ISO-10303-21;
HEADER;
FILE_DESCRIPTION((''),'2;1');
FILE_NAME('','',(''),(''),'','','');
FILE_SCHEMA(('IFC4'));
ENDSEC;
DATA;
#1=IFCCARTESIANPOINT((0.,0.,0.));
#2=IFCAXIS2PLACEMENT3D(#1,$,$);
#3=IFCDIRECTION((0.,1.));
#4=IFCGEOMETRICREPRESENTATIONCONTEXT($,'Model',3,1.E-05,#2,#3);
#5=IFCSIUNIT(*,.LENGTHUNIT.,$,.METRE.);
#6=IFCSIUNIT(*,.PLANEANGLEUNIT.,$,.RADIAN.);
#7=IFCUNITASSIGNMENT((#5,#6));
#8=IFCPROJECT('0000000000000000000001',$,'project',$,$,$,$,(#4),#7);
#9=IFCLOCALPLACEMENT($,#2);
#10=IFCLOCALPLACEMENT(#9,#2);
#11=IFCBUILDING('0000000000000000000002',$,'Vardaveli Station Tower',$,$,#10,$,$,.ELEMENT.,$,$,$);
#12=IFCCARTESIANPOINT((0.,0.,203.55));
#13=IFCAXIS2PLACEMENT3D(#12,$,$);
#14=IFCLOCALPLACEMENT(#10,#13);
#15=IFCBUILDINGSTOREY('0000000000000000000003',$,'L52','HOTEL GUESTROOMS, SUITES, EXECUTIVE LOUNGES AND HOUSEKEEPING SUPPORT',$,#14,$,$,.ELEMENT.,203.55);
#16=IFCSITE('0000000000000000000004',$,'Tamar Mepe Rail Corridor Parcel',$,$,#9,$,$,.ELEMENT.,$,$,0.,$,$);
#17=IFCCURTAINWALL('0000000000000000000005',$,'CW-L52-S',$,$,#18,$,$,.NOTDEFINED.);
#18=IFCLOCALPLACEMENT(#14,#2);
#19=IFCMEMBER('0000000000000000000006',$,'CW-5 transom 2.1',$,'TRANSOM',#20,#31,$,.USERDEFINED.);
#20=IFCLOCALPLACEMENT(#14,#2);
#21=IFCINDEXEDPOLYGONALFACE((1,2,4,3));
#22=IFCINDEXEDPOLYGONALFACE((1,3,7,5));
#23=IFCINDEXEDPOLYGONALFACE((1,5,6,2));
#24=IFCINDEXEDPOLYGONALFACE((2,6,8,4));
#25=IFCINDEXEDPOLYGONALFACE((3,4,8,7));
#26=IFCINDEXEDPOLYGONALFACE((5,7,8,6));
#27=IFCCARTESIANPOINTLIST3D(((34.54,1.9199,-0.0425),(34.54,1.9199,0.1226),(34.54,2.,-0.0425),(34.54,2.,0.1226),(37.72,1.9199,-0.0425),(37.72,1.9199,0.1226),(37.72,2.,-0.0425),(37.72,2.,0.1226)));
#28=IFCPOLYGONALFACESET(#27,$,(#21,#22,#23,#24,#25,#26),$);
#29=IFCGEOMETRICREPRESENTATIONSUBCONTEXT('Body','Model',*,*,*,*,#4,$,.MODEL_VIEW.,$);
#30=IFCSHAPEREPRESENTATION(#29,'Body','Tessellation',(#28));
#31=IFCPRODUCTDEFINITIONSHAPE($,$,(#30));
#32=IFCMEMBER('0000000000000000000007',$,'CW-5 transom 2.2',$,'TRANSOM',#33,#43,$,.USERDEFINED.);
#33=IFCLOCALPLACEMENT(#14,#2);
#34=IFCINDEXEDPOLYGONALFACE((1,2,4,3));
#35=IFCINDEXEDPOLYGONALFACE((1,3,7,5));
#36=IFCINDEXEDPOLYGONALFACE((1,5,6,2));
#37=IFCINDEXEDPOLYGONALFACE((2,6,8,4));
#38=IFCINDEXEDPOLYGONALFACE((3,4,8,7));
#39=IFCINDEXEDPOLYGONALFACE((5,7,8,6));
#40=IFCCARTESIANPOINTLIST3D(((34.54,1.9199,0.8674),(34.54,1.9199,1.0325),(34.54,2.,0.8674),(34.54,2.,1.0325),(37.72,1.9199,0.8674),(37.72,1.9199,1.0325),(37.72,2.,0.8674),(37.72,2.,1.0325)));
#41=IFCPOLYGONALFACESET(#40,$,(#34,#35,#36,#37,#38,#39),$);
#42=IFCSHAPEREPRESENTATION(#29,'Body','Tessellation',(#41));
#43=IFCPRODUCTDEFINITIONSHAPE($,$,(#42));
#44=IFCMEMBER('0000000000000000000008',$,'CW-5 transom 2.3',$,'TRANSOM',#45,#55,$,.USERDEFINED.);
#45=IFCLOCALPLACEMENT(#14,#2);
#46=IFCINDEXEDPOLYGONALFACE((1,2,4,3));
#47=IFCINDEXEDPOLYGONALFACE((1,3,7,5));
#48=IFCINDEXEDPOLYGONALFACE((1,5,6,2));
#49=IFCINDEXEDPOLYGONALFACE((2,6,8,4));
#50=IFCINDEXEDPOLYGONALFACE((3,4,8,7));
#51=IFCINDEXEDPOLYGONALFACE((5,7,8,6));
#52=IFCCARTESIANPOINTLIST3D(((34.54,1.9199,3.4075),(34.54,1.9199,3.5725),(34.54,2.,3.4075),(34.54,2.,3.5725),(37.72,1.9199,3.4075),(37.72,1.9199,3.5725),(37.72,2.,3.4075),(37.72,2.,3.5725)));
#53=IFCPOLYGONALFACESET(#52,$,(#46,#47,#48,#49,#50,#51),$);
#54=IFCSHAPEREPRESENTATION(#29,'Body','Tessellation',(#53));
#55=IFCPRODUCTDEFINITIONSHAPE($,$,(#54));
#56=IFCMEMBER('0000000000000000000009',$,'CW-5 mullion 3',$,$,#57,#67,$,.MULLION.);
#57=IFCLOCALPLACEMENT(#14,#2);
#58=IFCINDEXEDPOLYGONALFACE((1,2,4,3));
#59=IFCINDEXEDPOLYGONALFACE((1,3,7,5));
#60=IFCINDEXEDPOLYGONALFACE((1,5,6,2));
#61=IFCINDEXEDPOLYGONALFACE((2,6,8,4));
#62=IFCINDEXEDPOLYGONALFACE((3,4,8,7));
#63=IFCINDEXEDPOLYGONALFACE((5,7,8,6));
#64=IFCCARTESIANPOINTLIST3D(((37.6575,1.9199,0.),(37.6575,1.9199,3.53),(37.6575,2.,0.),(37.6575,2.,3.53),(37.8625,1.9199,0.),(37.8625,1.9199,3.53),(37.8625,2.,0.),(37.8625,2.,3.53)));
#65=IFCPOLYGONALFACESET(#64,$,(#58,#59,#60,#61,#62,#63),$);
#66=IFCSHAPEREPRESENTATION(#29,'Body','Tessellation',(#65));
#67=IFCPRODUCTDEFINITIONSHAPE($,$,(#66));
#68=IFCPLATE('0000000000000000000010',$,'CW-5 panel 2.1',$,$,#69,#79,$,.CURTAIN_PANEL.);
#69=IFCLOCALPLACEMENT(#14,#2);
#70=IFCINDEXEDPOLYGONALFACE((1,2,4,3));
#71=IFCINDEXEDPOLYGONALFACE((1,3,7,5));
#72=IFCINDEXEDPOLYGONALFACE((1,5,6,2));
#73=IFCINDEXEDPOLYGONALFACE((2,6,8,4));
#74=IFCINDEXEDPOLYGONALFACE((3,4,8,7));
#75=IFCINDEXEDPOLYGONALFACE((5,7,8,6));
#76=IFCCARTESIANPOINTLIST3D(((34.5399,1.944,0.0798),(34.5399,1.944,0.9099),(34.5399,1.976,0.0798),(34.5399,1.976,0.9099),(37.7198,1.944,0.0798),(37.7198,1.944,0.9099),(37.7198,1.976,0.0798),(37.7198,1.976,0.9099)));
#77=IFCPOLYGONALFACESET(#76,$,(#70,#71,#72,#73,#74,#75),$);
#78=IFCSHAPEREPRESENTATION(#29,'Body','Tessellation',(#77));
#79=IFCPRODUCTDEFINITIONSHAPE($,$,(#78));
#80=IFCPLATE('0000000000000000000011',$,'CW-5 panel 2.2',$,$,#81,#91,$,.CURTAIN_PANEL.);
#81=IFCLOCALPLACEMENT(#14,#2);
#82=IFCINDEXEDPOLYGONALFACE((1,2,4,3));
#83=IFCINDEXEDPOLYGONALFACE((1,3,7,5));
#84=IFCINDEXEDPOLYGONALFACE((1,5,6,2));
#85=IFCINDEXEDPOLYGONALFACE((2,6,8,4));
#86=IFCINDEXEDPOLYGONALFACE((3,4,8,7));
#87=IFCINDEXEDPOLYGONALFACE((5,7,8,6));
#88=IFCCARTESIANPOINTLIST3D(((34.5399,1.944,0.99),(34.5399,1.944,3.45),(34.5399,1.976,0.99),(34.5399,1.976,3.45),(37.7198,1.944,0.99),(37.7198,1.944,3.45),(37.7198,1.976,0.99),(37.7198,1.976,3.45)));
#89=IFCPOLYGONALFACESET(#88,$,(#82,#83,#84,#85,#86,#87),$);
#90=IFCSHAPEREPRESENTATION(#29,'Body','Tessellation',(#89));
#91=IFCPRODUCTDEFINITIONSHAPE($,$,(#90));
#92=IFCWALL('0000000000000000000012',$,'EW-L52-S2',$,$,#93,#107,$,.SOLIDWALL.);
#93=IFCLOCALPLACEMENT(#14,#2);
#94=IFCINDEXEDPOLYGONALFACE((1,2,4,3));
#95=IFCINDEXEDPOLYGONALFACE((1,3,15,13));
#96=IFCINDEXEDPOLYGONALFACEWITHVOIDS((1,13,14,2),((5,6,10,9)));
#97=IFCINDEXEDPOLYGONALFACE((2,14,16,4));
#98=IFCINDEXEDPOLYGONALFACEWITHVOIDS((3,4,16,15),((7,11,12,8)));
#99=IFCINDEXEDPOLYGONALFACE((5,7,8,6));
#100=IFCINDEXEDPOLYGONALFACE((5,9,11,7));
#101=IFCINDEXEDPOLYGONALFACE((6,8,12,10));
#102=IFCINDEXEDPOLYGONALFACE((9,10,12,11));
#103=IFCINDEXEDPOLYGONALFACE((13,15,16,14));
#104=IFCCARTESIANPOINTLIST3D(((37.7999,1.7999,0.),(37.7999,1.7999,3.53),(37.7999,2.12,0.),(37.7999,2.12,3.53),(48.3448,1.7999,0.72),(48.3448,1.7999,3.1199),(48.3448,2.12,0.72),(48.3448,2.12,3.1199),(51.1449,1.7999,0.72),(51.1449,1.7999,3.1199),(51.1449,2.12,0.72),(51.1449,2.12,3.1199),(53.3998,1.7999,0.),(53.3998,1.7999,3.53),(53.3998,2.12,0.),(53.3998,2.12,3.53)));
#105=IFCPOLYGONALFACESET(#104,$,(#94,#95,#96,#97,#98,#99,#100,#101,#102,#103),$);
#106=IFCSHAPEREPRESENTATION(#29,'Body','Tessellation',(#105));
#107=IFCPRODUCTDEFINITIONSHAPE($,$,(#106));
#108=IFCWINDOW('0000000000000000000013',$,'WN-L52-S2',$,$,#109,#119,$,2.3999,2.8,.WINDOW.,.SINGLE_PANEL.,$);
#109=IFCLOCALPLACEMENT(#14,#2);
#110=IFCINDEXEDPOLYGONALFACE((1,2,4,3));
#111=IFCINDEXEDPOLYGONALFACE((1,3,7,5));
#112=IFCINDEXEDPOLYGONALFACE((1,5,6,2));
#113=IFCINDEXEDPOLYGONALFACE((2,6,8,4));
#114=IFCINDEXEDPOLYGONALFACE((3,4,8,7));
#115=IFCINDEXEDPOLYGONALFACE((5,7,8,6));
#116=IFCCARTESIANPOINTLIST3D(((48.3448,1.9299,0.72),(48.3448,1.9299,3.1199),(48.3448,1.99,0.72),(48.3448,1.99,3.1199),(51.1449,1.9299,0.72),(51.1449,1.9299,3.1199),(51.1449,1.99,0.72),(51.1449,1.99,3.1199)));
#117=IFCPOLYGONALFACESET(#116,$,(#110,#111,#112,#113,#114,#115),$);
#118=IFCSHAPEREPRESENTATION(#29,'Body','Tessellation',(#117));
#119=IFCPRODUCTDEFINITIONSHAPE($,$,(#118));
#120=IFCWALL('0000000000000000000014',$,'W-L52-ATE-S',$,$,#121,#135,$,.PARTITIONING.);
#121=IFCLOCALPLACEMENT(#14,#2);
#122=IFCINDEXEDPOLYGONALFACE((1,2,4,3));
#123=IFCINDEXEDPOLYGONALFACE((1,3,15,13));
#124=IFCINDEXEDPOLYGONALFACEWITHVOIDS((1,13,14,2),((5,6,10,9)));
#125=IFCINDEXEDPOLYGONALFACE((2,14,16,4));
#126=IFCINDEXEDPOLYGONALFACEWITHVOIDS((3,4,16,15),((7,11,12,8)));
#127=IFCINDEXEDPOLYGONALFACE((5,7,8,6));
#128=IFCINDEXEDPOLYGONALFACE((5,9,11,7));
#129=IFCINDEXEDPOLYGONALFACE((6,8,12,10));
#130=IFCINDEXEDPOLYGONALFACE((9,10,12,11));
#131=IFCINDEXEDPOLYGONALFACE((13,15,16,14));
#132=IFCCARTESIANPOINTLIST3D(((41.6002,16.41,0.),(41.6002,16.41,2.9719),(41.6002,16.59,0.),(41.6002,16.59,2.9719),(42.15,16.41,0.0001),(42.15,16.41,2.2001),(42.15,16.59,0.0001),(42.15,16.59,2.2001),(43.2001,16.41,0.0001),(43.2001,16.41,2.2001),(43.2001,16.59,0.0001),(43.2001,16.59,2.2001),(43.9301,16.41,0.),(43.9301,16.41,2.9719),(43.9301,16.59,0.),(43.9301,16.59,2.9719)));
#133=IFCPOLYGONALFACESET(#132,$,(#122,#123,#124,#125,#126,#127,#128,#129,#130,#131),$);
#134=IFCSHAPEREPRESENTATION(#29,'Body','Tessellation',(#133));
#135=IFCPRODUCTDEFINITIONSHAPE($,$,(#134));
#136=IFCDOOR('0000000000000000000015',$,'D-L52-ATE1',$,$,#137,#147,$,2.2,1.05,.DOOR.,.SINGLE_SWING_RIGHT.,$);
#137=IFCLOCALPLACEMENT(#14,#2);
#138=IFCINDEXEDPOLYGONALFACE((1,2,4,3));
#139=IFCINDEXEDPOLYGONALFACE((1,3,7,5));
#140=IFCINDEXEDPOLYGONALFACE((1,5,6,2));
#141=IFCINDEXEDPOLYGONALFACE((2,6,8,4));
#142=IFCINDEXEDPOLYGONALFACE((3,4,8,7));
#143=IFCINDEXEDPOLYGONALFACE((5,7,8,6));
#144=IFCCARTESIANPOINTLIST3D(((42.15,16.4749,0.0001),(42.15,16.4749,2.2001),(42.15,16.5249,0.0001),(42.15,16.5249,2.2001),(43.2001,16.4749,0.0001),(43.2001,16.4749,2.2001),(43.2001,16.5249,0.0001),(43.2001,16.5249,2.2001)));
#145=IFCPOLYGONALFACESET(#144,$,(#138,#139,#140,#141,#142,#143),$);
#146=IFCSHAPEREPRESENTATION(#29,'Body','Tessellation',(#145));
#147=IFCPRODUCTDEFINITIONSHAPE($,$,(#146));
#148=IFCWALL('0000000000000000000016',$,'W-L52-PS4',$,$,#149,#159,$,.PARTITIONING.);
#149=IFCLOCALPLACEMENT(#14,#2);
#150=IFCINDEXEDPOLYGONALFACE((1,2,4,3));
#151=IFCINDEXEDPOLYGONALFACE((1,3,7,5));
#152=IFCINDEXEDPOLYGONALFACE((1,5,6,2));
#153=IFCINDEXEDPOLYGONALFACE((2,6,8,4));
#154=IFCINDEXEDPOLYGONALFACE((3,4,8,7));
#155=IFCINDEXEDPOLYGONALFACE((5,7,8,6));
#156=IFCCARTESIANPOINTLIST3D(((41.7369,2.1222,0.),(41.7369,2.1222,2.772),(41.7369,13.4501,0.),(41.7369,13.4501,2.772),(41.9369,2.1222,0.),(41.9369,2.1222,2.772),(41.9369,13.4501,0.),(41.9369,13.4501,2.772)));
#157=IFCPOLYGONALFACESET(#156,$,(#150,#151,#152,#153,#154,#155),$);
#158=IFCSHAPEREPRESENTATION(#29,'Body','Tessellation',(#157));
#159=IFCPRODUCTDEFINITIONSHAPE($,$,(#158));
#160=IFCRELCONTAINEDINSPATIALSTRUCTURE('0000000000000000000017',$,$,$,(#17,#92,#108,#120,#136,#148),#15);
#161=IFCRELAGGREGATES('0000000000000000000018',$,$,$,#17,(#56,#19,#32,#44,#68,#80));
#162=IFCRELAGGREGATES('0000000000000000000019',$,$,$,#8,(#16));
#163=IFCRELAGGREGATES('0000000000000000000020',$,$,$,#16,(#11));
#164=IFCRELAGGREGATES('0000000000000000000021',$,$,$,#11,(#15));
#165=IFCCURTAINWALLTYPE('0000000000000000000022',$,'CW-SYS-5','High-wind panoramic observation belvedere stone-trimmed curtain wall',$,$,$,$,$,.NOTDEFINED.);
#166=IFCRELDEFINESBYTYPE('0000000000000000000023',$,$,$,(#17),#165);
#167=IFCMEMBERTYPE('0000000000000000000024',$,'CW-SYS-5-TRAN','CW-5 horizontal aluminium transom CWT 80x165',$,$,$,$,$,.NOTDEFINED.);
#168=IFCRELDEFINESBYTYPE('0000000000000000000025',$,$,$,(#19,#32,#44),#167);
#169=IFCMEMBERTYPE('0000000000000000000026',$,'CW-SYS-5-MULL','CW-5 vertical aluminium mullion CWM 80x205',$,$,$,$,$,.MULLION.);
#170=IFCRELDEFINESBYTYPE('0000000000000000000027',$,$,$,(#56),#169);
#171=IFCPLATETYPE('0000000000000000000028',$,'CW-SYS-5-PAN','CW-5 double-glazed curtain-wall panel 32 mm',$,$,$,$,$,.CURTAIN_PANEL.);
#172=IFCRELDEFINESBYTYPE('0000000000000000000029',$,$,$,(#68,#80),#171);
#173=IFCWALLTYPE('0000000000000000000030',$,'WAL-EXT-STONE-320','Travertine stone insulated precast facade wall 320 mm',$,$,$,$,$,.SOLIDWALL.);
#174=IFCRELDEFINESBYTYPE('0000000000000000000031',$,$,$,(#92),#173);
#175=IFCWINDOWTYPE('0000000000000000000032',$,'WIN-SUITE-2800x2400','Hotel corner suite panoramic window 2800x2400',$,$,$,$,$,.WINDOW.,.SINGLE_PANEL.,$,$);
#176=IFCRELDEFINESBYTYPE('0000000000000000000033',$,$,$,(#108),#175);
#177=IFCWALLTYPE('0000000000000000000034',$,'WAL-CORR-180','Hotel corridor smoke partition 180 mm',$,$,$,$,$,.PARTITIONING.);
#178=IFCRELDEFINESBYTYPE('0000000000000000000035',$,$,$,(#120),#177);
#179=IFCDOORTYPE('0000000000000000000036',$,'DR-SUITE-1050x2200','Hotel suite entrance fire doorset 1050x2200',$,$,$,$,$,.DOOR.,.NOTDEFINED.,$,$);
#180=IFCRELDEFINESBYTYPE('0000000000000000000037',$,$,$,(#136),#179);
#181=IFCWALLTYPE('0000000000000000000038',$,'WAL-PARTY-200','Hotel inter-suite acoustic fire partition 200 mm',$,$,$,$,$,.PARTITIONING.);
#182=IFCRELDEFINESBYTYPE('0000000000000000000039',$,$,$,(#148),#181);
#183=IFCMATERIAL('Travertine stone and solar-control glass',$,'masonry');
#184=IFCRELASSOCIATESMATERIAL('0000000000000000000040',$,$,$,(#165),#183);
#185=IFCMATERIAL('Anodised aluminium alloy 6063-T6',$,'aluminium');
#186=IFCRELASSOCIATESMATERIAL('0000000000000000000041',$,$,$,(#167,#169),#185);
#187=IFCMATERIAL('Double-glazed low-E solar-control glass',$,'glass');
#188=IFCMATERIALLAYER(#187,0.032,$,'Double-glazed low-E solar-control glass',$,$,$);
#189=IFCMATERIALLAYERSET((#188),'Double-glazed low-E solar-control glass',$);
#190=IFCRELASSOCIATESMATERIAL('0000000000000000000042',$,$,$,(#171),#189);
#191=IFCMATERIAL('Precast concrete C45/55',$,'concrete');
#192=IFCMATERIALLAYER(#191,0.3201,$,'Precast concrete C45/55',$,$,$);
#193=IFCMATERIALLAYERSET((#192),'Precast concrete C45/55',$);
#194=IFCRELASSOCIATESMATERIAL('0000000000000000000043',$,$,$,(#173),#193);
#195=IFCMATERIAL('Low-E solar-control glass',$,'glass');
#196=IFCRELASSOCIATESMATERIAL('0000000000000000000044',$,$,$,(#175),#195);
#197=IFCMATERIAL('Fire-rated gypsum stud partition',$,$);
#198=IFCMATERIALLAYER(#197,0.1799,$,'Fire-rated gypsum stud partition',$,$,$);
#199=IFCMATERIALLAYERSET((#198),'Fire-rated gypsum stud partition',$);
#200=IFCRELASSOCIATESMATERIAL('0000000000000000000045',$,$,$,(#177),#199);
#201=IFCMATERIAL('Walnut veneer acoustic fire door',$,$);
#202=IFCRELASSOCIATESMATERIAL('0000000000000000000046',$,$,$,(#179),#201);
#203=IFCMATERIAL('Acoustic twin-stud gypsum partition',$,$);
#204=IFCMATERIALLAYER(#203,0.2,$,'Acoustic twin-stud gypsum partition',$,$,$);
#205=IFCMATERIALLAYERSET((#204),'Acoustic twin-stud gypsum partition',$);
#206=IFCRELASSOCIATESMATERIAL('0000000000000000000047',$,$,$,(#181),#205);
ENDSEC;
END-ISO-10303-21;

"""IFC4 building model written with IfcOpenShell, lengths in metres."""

from ifc_helpers import new_model, si_unit, direction, frame, frame_2d, origin, origin_2d, place, context, subcontext, project, spatial, rectangle, extrude, source, transform, mapped, material, layer, layer_set, material_profile, profile_set, type_object, element, fill, aggregate, save


model = new_model("IFC4")

# Units and contexts
model_context = context("Model", 3, precision=1e-05, world=origin(), true_north=direction((0.0, 1.0)))
body_context = subcontext(model_context, "Body", "Model", "MODEL_VIEW")
ifc_project = project(units=[si_unit("LENGTHUNIT", "METRE"), si_unit("PLANEANGLEUNIT", "RADIAN")], contexts=[model_context])

# Site, building, storey
site_placement = place(None, origin())
site = spatial("IfcSite", under=ifc_project, at=site_placement, Name="Tamar Mepe Rail Corridor Parcel", CompositionType="ELEMENT", RefElevation=0.0)
building_placement = place(site_placement, origin())
building = spatial("IfcBuilding", under=site, at=building_placement, Name="Vardaveli Station Tower", CompositionType="ELEMENT")
storey_placement = place(building_placement, frame((0.0, 0.0, 203.55)))
storey = spatial("IfcBuildingStorey", under=building, at=storey_placement, Name="L52", Description="HOTEL GUESTROOMS, SUITES, EXECUTIVE LOUNGES AND HOUSEKEEPING SUPPORT", CompositionType="ELEMENT", Elevation=203.55)

# Shared definitions
ifc_material_1 = material(Name="Precast concrete C45/55", Category="concrete")

# Curtain wall, members, plates
ifc_material_2 = material(Name="Travertine stone and solar-control glass", Category="masonry")
curtain_wall_type = type_object("IfcCurtainWallType", Name="CW-SYS-5", Description="High-wind panoramic observation belvedere stone-trimmed curtain wall", PredefinedType="NOTDEFINED", material=ifc_material_2)
curtain_wall_placement = place(storey_placement, origin())
curtain_wall = element("IfcCurtainWall", 1, at=curtain_wall_placement, inside=storey, type_object=curtain_wall_type, Name="CW-L52-S", PredefinedType="NOTDEFINED")
ifc_material_3 = material(Name="Anodised aluminium alloy 6063-T6", Category="aluminium")
ifc_material_profile_1 = material_profile(ifc_material_3, rectangle(XDim=0.0801, YDim=0.165, at=origin_2d()), Name="CWT 80x165")
ifc_profile_set_1 = profile_set([ifc_material_profile_1], Name="Anodised aluminium alloy 6063-T6")
member_type_1 = type_object("IfcMemberType", Name="CW-SYS-5-TRAN", Description="CW-5 horizontal aluminium transom CWT 80x165", PredefinedType="NOTDEFINED", material=ifc_profile_set_1)
shared_shape_1 = source(origin(), body_context, "Body", "SweptSolid", [
    extrude(rectangle(XDim=0.0801, YDim=0.165, at=origin_2d()), origin(), (0.0, 0.0, 1.0), 3.1799),
])
member_1_placement = place(storey_placement, frame((34.54, 1.96, 0.04), z_axis=(1.0, 0.0, 0.0), x_axis=(0.0, 1.0, 0.0)))
member_1 = element("IfcMember", 2, at=member_1_placement, type_object=member_type_1, Name="CW-5 transom 2.1", ObjectType="TRANSOM", PredefinedType="USERDEFINED", context=body_context, shape_type="MappedRepresentation", body=[
    mapped(shared_shape_1, transform((0.0, 0.0, 0.0), scale=1.0)),
])
member_2_placement = place(storey_placement, frame((34.54, 1.96, 0.95), z_axis=(1.0, 0.0, 0.0), x_axis=(0.0, 1.0, 0.0)))
member_2 = element("IfcMember", 3, at=member_2_placement, type_object=member_type_1, Name="CW-5 transom 2.2", ObjectType="TRANSOM", PredefinedType="USERDEFINED", context=body_context, shape_type="MappedRepresentation", body=[
    mapped(shared_shape_1, transform((0.0, 0.0, 0.0), scale=1.0)),
])
member_3_placement = place(storey_placement, frame((34.54, 1.96, 3.49), z_axis=(1.0, 0.0, 0.0), x_axis=(0.0, 1.0, 0.0)))
member_3 = element("IfcMember", 4, at=member_3_placement, type_object=member_type_1, Name="CW-5 transom 2.3", ObjectType="TRANSOM", PredefinedType="USERDEFINED", context=body_context, shape_type="MappedRepresentation", body=[
    mapped(shared_shape_1, transform((0.0, 0.0, 0.0), scale=1.0)),
])
ifc_material_profile_2 = material_profile(ifc_material_3, rectangle(XDim=0.0801, YDim=0.2051, at=origin_2d()), Name="CWM 80x205")
ifc_profile_set_2 = profile_set([ifc_material_profile_2], Name="Anodised aluminium alloy 6063-T6")
member_type_2 = type_object("IfcMemberType", Name="CW-SYS-5-MULL", Description="CW-5 vertical aluminium mullion CWM 80x205", PredefinedType="MULLION", material=ifc_profile_set_2)
shared_shape_2 = source(origin(), body_context, "Body", "SweptSolid", [
    extrude(rectangle(XDim=0.0801, YDim=0.2051, at=origin_2d()), origin(), (0.0, 0.0, 1.0), 3.53),
])
member_4_placement = place(storey_placement, frame((37.76, 1.96, 0.0), z_axis=(0.0, 0.0, 1.0), x_axis=(0.0, 1.0, 0.0)))
member_4 = element("IfcMember", 5, at=member_4_placement, type_object=member_type_2, Name="CW-5 mullion 3", PredefinedType="MULLION", context=body_context, shape_type="MappedRepresentation", body=[
    mapped(shared_shape_2, transform((0.0, 0.0, 0.0), scale=1.0)),
])
ifc_material_4 = material(Name="Double-glazed low-E solar-control glass", Category="glass")
ifc_layer_1 = layer(ifc_material_4, 0.032, Name="Double-glazed low-E solar-control glass")
ifc_layer_set_1 = layer_set([ifc_layer_1], Name="Double-glazed low-E solar-control glass")
plate_type = type_object("IfcPlateType", Name="CW-SYS-5-PAN", Description="CW-5 double-glazed curtain-wall panel 32 mm", PredefinedType="CURTAIN_PANEL", material=ifc_layer_set_1)
shared_shape_3 = source(origin(), body_context, "Body", "SweptSolid", [
    extrude(rectangle(XDim=3.1799, YDim=0.032, at=origin_2d()), origin(), (0.0, 0.0, 1.0), 0.8301),
])
plate_1_placement = place(storey_placement, frame((36.1299, 1.96, 0.0798), z_axis=(0.0, 0.0, 1.0), x_axis=(1.0, 0.0, 0.0)))
plate_1 = element("IfcPlate", 6, at=plate_1_placement, type_object=plate_type, Name="CW-5 panel 2.1", PredefinedType="CURTAIN_PANEL", context=body_context, shape_type="MappedRepresentation", body=[
    mapped(shared_shape_3, transform((0.0, 0.0, 0.0), scale=1.0)),
])
shared_shape_4 = source(origin(), body_context, "Body", "SweptSolid", [
    extrude(rectangle(XDim=3.1799, YDim=0.032, at=origin_2d()), origin(), (0.0, 0.0, 1.0), 2.46),
])
plate_2_placement = place(storey_placement, frame((36.1299, 1.96, 0.99), z_axis=(0.0, 0.0, 1.0), x_axis=(1.0, 0.0, 0.0)))
plate_2 = element("IfcPlate", 7, at=plate_2_placement, type_object=plate_type, Name="CW-5 panel 2.2", PredefinedType="CURTAIN_PANEL", context=body_context, shape_type="MappedRepresentation", body=[
    mapped(shared_shape_4, transform((0.0, 0.0, 0.0), scale=1.0)),
])
aggregate(curtain_wall, [member_4, member_1, member_2, member_3, plate_1, plate_2])

# Wall, opening, window
ifc_layer_2 = layer(ifc_material_1, 0.3201, Name="Precast concrete C45/55")
ifc_layer_set_2 = layer_set([ifc_layer_2], Name="Precast concrete C45/55")
wall_type_1 = type_object("IfcWallType", Name="WAL-EXT-STONE-320", Description="Travertine stone insulated precast facade wall 320 mm", PredefinedType="SOLIDWALL", material=ifc_layer_set_2)
shared_shape_5 = source(origin(), body_context, "Body", "SweptSolid", [
    extrude(rectangle(XDim=15.5999, YDim=0.3201, at=frame_2d((7.7998, 0.0))), origin(), (0.0, 0.0, 1.0), 3.53),
])
wall_1_placement = place(storey_placement, frame((37.8, 1.96, 0.0), z_axis=(0.0, 0.0, 1.0), x_axis=(1.0, 0.0, 0.0)))
wall_1 = element("IfcWall", 8, at=wall_1_placement, inside=storey, type_object=wall_type_1, Name="EW-L52-S2", PredefinedType="SOLIDWALL", context=body_context, shape_type="MappedRepresentation", body=[
    mapped(shared_shape_5, transform((0.0, 0.0, 0.0), scale=1.0)),
])
shared_shape_6 = source(origin(), body_context, "Body", "SweptSolid", [
    extrude(rectangle(XDim=2.8, YDim=2.3999, at=frame_2d((1.3999, 1.2))), frame((0.0, 0.1699, 0.0), z_axis=(0.0, -1.0, 0.0), x_axis=(1.0, 0.0, 0.0)), (0.0, 0.0, 1.0), 0.3401),
])
opening_1_placement = place(wall_1_placement, frame((10.5449, 0.0, 0.72)))
opening_1 = element("IfcOpeningElement", 9, at=opening_1_placement, cuts=wall_1, PredefinedType="OPENING", context=body_context, shape_type="MappedRepresentation", body=[
    mapped(shared_shape_6, transform((0.0, 0.0, 0.0), scale=1.0)),
])
ifc_material_5 = material(Name="Low-E solar-control glass", Category="glass")
window_type = type_object("IfcWindowType", Name="WIN-SUITE-2800x2400", Description="Hotel corner suite panoramic window 2800x2400", PartitioningType="SINGLE_PANEL", PredefinedType="WINDOW", material=ifc_material_5)
shared_shape_7 = source(origin(), body_context, "Body", "SweptSolid", [
    extrude(rectangle(XDim=2.8, YDim=2.3999, at=frame_2d((1.3999, 1.2))), frame((0.0, 0.03, 0.0), z_axis=(0.0, -1.0, 0.0), x_axis=(1.0, 0.0, 0.0)), (0.0, 0.0, 1.0), 0.0601),
])
window_placement = place(opening_1_placement, origin())
window = element("IfcWindow", 10, at=window_placement, inside=storey, type_object=window_type, Name="WN-L52-S2", OverallHeight=2.3999, OverallWidth=2.8, PartitioningType="SINGLE_PANEL", PredefinedType="WINDOW", context=body_context, shape_type="MappedRepresentation", body=[
    mapped(shared_shape_7, transform((0.0, 0.0, 0.0), scale=1.0)),
])
fill(opening_1, window)

# Wall, opening, door
ifc_material_6 = material(Name="Fire-rated gypsum stud partition")
ifc_layer_3 = layer(ifc_material_6, 0.1799, Name="Fire-rated gypsum stud partition")
ifc_layer_set_3 = layer_set([ifc_layer_3], Name="Fire-rated gypsum stud partition")
wall_type_2 = type_object("IfcWallType", Name="WAL-CORR-180", Description="Hotel corridor smoke partition 180 mm", PredefinedType="PARTITIONING", material=ifc_layer_set_3)
shared_shape_8 = source(origin(), body_context, "Body", "SweptSolid", [
    extrude(rectangle(XDim=2.3298, YDim=0.1799, at=frame_2d((1.165, 0.0))), origin(), (0.0, 0.0, 1.0), 2.9719),
])
wall_2_placement = place(storey_placement, frame((41.6001, 16.5, 0.0), z_axis=(0.0, 0.0, 1.0), x_axis=(1.0, 0.0, 0.0)))
wall_2 = element("IfcWall", 11, at=wall_2_placement, inside=storey, type_object=wall_type_2, Name="W-L52-ATE-S", PredefinedType="PARTITIONING", context=body_context, shape_type="MappedRepresentation", body=[
    mapped(shared_shape_8, transform((0.0, 0.0, 0.0), scale=1.0)),
])
shared_shape_9 = source(origin(), body_context, "Body", "SweptSolid", [
    extrude(rectangle(XDim=1.05, YDim=2.2, at=frame_2d((0.5249, 1.1001))), frame((0.0, 0.1001, 0.0), z_axis=(0.0, -1.0, 0.0), x_axis=(1.0, 0.0, 0.0)), (0.0, 0.0, 1.0), 0.2),
])
opening_2_placement = place(wall_2_placement, frame((0.55, 0.0, 0.0)))
opening_2 = element("IfcOpeningElement", 12, at=opening_2_placement, cuts=wall_2, PredefinedType="OPENING", context=body_context, shape_type="MappedRepresentation", body=[
    mapped(shared_shape_9, transform((0.0, 0.0, 0.0), scale=1.0)),
])
ifc_material_7 = material(Name="Walnut veneer acoustic fire door")
door_type = type_object("IfcDoorType", Name="DR-SUITE-1050x2200", Description="Hotel suite entrance fire doorset 1050x2200", OperationType="NOTDEFINED", PredefinedType="DOOR", material=ifc_material_7)
shared_shape_10 = source(origin(), body_context, "Body", "SweptSolid", [
    extrude(rectangle(XDim=1.05, YDim=2.2, at=frame_2d((0.5249, 1.1001))), frame((0.0, 0.0249, 0.0), z_axis=(0.0, -1.0, 0.0), x_axis=(1.0, 0.0, 0.0)), (0.0, 0.0, 1.0), 0.05),
])
door_placement = place(opening_2_placement, origin())
door = element("IfcDoor", 13, at=door_placement, inside=storey, type_object=door_type, Name="D-L52-ATE1", OperationType="SINGLE_SWING_RIGHT", OverallHeight=2.2, OverallWidth=1.05, PredefinedType="DOOR", context=body_context, shape_type="MappedRepresentation", body=[
    mapped(shared_shape_10, transform((0.0, 0.0, 0.0), scale=1.0)),
])
fill(opening_2, door)

# Wall
ifc_material_8 = material(Name="Acoustic twin-stud gypsum partition")
ifc_layer_4 = layer(ifc_material_8, 0.2, Name="Acoustic twin-stud gypsum partition")
ifc_layer_set_4 = layer_set([ifc_layer_4], Name="Acoustic twin-stud gypsum partition")
wall_type_3 = type_object("IfcWallType", Name="WAL-PARTY-200", Description="Hotel inter-suite acoustic fire partition 200 mm", PredefinedType="PARTITIONING", material=ifc_layer_set_4)
shared_shape_11 = source(origin(), body_context, "Body", "SweptSolid", [
    extrude(rectangle(XDim=11.3279, YDim=0.2, at=frame_2d((5.6641, 0.0))), origin(), (0.0, 0.0, 1.0), 2.772),
])
wall_3_placement = place(storey_placement, frame((41.8369, 2.1221, 0.0), z_axis=(0.0, 0.0, 1.0), x_axis=(0.0, 1.0, 0.0)))
element("IfcWall", 14, at=wall_3_placement, inside=storey, type_object=wall_type_3, Name="W-L52-PS4", PredefinedType="PARTITIONING", context=body_context, shape_type="MappedRepresentation", body=[
    mapped(shared_shape_11, transform((0.0, 0.0, 0.0), scale=1.0)),
])

save(model, "model.ifc")
